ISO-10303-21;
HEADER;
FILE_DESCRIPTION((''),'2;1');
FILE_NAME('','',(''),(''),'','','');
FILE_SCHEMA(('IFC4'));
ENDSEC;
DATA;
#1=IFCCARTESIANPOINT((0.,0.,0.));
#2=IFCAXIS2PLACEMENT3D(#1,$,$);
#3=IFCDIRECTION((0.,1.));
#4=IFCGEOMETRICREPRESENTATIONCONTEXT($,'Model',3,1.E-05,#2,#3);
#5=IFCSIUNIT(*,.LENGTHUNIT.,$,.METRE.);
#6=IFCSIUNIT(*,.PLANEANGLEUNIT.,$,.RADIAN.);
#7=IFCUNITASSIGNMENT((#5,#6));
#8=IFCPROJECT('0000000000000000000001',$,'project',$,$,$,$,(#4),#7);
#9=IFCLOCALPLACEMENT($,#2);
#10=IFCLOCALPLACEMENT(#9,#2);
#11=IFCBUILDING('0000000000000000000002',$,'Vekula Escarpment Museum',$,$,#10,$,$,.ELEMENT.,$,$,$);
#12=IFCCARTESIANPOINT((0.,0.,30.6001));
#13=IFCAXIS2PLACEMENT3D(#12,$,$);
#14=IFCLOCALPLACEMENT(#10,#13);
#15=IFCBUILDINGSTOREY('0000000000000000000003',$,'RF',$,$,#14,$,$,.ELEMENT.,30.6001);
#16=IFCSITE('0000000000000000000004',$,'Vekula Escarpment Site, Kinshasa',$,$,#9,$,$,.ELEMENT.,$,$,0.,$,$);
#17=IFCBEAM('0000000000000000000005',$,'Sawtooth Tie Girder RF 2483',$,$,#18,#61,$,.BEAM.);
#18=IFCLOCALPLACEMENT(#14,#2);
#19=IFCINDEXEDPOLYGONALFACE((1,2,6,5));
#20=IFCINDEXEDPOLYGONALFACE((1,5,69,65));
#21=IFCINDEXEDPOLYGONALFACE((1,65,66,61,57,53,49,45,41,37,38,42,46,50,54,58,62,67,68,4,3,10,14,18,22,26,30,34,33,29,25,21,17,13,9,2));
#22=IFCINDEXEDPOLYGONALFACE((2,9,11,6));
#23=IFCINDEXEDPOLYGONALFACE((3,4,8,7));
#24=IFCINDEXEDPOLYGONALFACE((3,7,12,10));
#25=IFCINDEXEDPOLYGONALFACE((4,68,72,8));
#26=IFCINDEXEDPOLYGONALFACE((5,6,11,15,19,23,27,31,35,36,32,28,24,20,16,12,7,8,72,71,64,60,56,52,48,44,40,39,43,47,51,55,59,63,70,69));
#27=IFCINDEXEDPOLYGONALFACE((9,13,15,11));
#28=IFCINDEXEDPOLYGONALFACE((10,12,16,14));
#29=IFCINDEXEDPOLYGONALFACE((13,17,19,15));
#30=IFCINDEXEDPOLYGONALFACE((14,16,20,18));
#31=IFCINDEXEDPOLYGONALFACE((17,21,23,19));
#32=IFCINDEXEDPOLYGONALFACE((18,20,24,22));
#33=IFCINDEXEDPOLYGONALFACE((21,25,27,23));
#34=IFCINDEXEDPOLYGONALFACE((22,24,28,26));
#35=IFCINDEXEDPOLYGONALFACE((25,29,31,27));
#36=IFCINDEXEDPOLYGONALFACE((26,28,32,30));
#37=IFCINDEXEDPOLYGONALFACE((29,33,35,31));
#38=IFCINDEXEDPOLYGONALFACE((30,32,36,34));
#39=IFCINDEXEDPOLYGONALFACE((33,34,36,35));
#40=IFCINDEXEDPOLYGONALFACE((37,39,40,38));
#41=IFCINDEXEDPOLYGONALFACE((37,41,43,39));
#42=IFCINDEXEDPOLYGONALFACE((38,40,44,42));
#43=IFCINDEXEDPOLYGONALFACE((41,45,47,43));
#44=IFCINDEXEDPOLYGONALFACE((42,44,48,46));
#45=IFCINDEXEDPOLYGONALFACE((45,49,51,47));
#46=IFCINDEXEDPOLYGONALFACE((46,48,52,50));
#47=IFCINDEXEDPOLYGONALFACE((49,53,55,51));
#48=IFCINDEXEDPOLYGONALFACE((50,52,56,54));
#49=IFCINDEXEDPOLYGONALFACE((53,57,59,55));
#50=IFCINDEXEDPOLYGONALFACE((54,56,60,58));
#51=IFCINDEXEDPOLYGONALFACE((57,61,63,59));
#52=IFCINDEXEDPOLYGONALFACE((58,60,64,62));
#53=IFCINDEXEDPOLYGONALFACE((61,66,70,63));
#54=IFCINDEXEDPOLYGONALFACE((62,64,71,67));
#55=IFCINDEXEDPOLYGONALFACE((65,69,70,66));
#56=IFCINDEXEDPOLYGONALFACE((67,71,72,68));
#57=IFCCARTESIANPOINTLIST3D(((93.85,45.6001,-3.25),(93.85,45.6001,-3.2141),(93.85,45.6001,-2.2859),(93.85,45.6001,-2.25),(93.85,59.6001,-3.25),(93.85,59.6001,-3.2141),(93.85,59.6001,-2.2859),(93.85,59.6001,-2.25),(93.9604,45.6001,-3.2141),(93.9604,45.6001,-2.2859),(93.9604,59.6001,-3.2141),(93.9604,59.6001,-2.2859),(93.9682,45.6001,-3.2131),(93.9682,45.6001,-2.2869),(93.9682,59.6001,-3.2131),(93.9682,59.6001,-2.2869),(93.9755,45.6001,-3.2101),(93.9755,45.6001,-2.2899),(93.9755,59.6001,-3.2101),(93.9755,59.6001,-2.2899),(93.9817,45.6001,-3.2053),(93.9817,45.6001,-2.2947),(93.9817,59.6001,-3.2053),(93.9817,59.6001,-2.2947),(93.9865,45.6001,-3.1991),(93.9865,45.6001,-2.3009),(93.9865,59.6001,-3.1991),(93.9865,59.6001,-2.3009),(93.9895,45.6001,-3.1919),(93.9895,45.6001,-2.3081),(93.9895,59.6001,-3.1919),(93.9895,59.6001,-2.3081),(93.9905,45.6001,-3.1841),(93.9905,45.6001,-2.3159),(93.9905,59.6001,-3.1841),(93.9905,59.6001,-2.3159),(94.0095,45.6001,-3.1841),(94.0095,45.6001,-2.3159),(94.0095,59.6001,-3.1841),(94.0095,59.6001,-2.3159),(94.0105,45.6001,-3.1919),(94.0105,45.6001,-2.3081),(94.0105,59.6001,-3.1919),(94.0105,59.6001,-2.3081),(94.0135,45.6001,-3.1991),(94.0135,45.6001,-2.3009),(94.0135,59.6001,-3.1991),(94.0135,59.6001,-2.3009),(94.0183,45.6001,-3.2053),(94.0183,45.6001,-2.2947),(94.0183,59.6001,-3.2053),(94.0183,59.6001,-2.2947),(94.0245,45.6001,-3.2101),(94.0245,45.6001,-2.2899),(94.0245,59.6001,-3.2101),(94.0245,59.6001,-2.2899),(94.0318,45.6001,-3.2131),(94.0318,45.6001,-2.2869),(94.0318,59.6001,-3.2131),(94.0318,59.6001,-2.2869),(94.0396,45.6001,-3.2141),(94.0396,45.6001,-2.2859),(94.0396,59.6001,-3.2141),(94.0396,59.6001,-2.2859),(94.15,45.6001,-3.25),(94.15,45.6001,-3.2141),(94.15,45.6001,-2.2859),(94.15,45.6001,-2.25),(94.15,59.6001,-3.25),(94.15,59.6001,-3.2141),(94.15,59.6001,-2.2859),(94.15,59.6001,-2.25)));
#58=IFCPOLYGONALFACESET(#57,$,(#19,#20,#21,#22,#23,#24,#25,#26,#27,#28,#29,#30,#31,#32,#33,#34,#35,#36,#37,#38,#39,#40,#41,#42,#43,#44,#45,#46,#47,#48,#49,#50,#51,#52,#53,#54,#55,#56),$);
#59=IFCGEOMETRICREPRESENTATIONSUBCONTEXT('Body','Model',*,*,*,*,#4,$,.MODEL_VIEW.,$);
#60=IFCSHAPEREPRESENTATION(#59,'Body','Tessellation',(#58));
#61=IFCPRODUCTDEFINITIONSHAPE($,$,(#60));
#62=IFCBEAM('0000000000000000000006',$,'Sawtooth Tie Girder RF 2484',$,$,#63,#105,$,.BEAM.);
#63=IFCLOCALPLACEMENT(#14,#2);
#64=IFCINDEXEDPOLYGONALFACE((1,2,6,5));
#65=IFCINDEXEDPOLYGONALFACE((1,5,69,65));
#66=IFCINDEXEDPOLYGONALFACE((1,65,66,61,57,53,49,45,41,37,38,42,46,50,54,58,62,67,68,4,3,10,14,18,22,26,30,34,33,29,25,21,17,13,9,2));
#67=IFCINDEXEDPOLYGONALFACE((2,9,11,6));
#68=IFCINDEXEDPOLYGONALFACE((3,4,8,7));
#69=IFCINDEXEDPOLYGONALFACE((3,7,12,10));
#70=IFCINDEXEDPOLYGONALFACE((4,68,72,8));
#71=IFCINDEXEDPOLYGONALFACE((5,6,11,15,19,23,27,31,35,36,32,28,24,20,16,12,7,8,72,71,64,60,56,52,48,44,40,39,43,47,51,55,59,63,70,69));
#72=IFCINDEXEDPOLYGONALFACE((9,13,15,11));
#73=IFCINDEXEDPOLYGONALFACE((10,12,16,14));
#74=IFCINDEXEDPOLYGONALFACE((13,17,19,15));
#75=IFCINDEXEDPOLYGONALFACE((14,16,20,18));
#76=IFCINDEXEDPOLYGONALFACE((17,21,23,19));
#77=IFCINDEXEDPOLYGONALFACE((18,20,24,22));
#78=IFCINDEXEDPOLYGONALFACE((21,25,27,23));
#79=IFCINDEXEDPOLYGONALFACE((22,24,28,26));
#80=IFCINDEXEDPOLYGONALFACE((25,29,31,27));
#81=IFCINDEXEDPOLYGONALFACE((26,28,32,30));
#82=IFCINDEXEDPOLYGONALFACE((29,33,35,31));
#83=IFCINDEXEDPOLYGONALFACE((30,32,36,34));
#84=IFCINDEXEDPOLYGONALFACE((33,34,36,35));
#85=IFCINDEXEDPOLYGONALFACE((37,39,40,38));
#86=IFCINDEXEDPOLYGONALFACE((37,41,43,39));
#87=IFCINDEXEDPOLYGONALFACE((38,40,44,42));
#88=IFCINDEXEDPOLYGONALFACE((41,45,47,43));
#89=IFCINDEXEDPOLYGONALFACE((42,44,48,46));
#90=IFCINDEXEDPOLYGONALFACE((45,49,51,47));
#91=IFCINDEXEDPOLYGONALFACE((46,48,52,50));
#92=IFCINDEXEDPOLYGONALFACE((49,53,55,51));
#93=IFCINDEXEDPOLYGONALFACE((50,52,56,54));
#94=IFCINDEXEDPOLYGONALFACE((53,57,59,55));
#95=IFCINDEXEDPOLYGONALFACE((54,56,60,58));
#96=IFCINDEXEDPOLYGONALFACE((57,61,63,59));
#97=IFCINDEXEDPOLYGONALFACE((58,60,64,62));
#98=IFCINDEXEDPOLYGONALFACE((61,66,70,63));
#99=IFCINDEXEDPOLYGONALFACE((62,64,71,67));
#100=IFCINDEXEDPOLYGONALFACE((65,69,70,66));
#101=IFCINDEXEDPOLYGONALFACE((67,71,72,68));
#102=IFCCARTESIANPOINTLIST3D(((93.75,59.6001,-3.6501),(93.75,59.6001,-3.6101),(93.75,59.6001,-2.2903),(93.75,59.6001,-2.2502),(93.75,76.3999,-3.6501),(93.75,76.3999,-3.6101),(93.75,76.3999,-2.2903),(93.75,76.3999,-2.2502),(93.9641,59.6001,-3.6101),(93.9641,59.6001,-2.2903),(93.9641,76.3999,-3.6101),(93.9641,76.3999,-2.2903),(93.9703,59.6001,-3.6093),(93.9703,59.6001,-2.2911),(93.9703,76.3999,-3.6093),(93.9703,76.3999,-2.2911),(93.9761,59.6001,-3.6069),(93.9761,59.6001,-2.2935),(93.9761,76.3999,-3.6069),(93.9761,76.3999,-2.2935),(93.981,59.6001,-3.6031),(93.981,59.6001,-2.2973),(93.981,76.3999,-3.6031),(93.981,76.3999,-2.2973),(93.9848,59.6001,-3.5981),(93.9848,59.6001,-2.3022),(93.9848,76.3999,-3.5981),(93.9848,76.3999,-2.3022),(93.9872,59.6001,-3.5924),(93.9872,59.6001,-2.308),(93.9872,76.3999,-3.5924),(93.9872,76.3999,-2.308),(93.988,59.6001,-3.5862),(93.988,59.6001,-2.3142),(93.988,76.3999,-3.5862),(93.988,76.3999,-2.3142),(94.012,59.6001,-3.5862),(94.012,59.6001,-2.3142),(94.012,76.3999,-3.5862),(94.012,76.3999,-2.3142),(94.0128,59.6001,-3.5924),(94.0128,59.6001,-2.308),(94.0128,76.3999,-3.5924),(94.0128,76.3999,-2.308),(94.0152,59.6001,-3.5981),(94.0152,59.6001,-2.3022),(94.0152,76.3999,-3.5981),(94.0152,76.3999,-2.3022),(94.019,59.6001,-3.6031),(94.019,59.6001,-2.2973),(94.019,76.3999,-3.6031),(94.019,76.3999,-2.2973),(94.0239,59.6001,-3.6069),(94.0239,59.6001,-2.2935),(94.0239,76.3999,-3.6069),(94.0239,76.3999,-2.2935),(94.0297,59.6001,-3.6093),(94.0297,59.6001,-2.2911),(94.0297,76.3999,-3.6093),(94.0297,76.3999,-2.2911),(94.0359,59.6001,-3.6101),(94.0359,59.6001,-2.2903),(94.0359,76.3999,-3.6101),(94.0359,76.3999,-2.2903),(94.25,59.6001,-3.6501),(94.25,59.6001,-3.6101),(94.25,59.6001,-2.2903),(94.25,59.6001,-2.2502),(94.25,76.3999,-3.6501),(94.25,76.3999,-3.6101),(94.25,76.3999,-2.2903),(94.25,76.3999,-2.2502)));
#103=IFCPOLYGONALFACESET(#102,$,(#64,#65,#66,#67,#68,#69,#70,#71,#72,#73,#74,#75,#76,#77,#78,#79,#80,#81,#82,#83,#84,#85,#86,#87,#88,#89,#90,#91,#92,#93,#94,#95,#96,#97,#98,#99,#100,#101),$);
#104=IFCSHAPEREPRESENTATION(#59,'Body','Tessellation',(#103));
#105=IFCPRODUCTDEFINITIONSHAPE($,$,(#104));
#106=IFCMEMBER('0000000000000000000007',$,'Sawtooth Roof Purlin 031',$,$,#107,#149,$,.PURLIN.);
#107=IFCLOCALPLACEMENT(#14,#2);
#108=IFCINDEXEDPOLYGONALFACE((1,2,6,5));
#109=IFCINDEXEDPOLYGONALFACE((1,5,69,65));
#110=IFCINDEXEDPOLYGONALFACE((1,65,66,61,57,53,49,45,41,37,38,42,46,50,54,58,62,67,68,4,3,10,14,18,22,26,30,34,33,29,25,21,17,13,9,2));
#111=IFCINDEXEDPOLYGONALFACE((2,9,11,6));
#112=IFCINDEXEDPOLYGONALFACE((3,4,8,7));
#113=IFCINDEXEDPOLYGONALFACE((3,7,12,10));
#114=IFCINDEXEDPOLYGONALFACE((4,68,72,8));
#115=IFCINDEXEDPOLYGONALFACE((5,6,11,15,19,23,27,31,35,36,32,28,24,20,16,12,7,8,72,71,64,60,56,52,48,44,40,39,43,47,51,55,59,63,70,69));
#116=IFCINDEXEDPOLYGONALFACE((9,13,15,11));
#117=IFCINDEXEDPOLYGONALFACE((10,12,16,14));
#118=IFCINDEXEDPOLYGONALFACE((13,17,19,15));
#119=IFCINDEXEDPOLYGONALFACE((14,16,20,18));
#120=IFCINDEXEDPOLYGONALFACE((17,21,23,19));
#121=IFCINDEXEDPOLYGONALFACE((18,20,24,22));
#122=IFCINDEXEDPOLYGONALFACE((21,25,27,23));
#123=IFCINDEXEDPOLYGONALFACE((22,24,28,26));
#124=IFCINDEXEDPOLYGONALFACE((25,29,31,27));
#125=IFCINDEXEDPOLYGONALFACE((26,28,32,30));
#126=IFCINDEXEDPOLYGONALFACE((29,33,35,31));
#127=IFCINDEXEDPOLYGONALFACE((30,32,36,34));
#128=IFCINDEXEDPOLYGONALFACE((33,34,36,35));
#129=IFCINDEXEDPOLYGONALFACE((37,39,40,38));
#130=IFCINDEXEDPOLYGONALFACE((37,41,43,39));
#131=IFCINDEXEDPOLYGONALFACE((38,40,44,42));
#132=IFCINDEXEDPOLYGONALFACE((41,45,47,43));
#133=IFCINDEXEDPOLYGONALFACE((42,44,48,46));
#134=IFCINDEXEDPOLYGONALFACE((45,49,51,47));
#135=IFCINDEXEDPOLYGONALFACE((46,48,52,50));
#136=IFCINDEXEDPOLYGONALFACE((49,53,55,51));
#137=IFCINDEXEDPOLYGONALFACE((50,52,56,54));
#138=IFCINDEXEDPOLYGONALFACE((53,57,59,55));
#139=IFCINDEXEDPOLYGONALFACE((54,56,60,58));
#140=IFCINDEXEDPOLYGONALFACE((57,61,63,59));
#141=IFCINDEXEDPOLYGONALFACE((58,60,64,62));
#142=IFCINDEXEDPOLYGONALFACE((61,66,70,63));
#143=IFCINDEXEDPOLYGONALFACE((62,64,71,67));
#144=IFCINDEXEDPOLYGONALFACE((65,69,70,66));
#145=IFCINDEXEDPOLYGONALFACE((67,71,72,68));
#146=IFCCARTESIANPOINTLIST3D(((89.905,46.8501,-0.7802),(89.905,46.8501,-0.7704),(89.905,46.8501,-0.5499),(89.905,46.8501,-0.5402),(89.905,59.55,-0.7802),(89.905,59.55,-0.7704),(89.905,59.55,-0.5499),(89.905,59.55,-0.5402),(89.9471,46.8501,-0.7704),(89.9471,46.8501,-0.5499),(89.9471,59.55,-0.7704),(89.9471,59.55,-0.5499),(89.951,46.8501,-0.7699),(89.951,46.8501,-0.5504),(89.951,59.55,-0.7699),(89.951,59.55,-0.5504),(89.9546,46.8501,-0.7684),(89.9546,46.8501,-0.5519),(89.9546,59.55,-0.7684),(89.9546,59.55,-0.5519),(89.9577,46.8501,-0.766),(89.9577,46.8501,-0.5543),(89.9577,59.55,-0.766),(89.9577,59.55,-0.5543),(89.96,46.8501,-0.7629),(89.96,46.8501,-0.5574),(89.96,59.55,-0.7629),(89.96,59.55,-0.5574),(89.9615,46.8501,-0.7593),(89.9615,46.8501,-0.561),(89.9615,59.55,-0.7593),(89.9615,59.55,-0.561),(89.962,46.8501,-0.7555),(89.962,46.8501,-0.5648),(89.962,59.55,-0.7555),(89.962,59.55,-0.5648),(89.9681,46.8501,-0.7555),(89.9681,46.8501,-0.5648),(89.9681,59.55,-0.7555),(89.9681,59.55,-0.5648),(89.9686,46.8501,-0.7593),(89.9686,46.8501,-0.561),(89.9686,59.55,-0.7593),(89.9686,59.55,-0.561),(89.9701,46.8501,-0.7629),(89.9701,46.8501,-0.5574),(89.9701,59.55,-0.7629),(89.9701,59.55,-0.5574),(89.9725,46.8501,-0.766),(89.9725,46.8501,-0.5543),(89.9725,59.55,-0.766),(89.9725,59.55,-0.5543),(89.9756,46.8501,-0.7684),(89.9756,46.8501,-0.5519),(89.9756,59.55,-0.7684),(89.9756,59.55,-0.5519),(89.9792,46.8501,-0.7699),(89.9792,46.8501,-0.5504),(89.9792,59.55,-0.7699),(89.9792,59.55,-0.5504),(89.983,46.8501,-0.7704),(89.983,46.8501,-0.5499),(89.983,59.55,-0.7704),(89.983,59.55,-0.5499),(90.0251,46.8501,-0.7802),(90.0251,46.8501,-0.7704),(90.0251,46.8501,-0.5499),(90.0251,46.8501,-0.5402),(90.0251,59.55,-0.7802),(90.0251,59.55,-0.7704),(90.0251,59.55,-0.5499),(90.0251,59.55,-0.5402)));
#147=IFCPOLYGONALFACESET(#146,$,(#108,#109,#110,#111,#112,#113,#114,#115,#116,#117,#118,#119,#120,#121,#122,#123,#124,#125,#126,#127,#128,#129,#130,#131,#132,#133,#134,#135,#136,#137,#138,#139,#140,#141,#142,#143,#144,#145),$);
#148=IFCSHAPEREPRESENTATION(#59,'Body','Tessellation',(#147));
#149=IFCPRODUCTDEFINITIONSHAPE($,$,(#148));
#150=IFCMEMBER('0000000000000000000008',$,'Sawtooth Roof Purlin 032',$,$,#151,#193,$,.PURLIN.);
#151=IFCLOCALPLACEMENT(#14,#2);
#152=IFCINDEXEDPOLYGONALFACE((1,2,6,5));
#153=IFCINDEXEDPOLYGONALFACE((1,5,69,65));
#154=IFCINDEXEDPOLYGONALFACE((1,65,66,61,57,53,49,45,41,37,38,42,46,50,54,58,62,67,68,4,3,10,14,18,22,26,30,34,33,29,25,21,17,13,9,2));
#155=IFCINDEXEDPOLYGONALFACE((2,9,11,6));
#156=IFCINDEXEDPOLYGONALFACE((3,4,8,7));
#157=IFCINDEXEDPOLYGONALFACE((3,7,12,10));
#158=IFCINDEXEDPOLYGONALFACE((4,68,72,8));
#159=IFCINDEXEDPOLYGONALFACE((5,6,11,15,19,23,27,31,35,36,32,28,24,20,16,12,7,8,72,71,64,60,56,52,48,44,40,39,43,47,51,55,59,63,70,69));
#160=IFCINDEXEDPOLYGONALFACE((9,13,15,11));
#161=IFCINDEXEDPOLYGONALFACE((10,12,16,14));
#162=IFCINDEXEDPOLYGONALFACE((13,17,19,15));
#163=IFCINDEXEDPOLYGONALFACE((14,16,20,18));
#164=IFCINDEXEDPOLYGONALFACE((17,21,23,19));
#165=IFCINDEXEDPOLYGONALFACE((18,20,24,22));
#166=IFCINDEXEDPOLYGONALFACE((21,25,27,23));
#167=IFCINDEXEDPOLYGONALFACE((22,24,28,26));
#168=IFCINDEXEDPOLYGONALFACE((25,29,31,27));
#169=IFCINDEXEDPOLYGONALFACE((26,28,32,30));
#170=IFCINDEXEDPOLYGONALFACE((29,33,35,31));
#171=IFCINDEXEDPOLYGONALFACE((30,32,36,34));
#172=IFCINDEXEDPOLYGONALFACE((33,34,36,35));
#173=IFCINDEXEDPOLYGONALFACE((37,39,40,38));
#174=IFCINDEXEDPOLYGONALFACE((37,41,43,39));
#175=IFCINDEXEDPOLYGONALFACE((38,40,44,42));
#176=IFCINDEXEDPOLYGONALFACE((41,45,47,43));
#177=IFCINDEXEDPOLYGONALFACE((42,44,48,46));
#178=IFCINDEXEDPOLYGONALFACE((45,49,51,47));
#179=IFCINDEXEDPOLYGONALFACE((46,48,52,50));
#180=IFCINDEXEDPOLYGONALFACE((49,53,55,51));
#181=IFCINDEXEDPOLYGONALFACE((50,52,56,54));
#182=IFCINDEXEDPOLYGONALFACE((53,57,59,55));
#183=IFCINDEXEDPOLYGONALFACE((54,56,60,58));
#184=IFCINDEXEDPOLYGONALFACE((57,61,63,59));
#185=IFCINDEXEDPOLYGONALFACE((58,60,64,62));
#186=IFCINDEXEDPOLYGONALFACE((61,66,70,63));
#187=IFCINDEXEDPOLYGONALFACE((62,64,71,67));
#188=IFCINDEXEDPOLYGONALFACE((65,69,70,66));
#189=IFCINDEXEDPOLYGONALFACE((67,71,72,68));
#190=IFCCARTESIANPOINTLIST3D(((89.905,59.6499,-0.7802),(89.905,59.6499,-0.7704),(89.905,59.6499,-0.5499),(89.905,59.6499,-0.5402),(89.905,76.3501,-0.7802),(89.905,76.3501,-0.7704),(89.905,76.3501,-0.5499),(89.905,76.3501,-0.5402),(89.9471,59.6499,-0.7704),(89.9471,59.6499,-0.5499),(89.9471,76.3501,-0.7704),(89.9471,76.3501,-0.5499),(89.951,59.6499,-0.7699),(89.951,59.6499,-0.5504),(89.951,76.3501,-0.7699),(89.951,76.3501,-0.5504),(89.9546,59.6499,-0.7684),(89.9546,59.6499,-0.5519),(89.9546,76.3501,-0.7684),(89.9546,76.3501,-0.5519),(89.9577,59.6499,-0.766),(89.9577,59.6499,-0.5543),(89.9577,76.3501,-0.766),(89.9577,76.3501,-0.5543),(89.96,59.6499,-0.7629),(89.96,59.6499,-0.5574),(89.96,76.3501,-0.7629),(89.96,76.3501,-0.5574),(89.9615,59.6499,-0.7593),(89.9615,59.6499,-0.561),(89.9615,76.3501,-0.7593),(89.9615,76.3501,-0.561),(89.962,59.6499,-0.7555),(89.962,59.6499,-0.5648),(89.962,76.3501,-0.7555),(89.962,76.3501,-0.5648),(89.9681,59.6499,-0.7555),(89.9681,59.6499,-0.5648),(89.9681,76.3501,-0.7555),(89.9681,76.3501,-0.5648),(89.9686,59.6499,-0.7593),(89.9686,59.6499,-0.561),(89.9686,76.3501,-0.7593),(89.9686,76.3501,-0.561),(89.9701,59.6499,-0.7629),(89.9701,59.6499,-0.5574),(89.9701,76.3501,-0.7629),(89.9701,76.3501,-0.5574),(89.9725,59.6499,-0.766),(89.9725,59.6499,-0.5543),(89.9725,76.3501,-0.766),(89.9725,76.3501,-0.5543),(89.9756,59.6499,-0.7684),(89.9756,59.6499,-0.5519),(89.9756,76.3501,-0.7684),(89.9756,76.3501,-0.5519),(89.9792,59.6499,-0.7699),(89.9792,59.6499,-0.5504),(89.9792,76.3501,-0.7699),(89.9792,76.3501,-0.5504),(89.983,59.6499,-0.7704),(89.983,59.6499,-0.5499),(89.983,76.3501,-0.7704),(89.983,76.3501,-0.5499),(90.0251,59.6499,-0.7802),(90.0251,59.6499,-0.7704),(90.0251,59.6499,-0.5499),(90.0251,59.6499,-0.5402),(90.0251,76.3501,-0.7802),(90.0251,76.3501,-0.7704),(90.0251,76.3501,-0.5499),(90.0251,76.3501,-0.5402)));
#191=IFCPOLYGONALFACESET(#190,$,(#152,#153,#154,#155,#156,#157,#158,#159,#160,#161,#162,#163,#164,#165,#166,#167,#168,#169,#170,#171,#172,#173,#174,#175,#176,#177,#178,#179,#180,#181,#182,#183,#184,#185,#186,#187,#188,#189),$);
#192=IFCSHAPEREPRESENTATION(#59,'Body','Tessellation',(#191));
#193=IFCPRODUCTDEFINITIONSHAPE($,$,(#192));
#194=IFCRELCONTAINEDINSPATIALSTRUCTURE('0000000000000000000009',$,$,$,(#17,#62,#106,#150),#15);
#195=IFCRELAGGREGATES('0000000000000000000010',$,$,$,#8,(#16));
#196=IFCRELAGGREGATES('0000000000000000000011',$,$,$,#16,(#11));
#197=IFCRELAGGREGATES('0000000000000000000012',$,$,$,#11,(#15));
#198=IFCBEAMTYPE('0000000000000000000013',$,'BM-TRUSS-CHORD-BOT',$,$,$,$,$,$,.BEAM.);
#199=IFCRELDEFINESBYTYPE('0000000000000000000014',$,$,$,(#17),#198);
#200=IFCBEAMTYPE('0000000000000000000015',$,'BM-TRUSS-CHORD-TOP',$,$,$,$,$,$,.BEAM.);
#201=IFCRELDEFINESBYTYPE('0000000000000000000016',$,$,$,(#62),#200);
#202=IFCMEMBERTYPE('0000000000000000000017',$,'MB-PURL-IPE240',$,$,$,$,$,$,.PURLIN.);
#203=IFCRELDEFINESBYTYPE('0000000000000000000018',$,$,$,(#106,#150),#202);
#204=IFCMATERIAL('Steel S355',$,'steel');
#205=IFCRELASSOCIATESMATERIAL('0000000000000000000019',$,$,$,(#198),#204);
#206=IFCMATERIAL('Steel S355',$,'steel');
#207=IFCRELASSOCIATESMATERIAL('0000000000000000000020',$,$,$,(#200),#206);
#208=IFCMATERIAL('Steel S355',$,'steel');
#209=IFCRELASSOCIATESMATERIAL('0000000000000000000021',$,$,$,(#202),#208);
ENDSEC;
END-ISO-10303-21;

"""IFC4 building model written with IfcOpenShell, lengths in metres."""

from ifc_helpers import new_model, si_unit, direction, frame, origin, origin_2d, place, context, subcontext, project, spatial, i_section, extrude, material, material_profile, profile_set, type_object, element, save


model = new_model("IFC4")

# Units and contexts
model_context = context("Model", 3, precision=1e-05, world=origin(), true_north=direction((0.0, 1.0)))
body_context = subcontext(model_context, "Body", "Model", "MODEL_VIEW")
ifc_project = project(units=[si_unit("LENGTHUNIT", "METRE"), si_unit("PLANEANGLEUNIT", "RADIAN")], contexts=[model_context])

# Site, building, storey
site_placement = place(None, origin())
site = spatial("IfcSite", under=ifc_project, at=site_placement, Name="Vekula Escarpment Site, Kinshasa", CompositionType="ELEMENT", RefElevation=0.0)
building_placement = place(site_placement, origin())
building = spatial("IfcBuilding", under=site, at=building_placement, Name="Vekula Escarpment Museum", CompositionType="ELEMENT")
storey_placement = place(building_placement, frame((0.0, 0.0, 30.6001)))
storey = spatial("IfcBuildingStorey", under=building, at=storey_placement, Name="RF", CompositionType="ELEMENT", Elevation=30.6001)

# Beams
ifc_material_1 = material(Name="Steel S355", Category="steel")
ifc_material_profile_1 = material_profile(ifc_material_1, i_section(OverallWidth=0.3, OverallDepth=1.0, WebThickness=0.019, FlangeThickness=0.0359, FilletRadius=0.03, at=origin_2d()), Name="HEB 1000")
ifc_profile_set_1 = profile_set([ifc_material_profile_1], Name="Steel S355")
beam_type_1 = type_object("IfcBeamType", Name="BM-TRUSS-CHORD-BOT", PredefinedType="BEAM", material=ifc_profile_set_1)
beam_1_placement = place(storey_placement, frame((94.0, 45.6001, -2.75), z_axis=(0.0, 1.0, 0.0), x_axis=(-1.0, 0.0, 0.0)))
element("IfcBeam", 1, at=beam_1_placement, inside=storey, type_object=beam_type_1, Name="Sawtooth Tie Girder RF 2483", PredefinedType="BEAM", context=body_context, shape_type="SweptSolid", body=[
    extrude(i_section(OverallWidth=0.3, OverallDepth=1.0, WebThickness=0.019, FlangeThickness=0.0359, FilletRadius=0.03, at=origin_2d()), origin(), (0.0, 0.0, 1.0), 14.0),
])
ifc_material_2 = material(Name="Steel S355", Category="steel")
ifc_material_profile_2 = material_profile(ifc_material_2, i_section(OverallWidth=0.5, OverallDepth=1.3999, WebThickness=0.0239, FlangeThickness=0.04, FilletRadius=0.0239, at=origin_2d()), Name="WPG 1400x500")
ifc_profile_set_2 = profile_set([ifc_material_profile_2], Name="Steel S355")
beam_type_2 = type_object("IfcBeamType", Name="BM-TRUSS-CHORD-TOP", PredefinedType="BEAM", material=ifc_profile_set_2)
beam_2_placement = place(storey_placement, frame((94.0, 59.6001, -2.9502), z_axis=(0.0, 1.0, 0.0), x_axis=(-1.0, 0.0, 0.0)))
element("IfcBeam", 2, at=beam_2_placement, inside=storey, type_object=beam_type_2, Name="Sawtooth Tie Girder RF 2484", PredefinedType="BEAM", context=body_context, shape_type="SweptSolid", body=[
    extrude(i_section(OverallWidth=0.5, OverallDepth=1.3999, WebThickness=0.0239, FlangeThickness=0.04, FilletRadius=0.0239, at=origin_2d()), origin(), (0.0, 0.0, 1.0), 16.7998),
])

# Members
ifc_material_3 = material(Name="Steel S355", Category="steel")
ifc_material_profile_3 = material_profile(ifc_material_3, i_section(OverallWidth=0.1201, OverallDepth=0.24, WebThickness=0.0061, FlangeThickness=0.0098, FilletRadius=0.0149, at=origin_2d()), Name="IPE 240")
ifc_profile_set_3 = profile_set([ifc_material_profile_3], Name="Steel S355")
member_type_1 = type_object("IfcMemberType", Name="MB-PURL-IPE240", PredefinedType="PURLIN", material=ifc_profile_set_3)
member_1_placement = place(storey_placement, frame((89.9651, 46.8501, -0.6602), z_axis=(0.0, 1.0, 0.0), x_axis=(-1.0, 0.0, 0.0)))
element("IfcMember", 3, at=member_1_placement, inside=storey, type_object=member_type_1, Name="Sawtooth Roof Purlin 031", PredefinedType="PURLIN", context=body_context, shape_type="SweptSolid", body=[
    extrude(i_section(OverallWidth=0.1201, OverallDepth=0.24, WebThickness=0.0061, FlangeThickness=0.0098, FilletRadius=0.0149, at=origin_2d()), origin(), (0.0, 0.0, 1.0), 12.7),
])
member_2_placement = place(storey_placement, frame((89.9651, 59.6499, -0.6602), z_axis=(0.0, 1.0, 0.0), x_axis=(-1.0, 0.0, 0.0)))
element("IfcMember", 4, at=member_2_placement, inside=storey, type_object=member_type_1, Name="Sawtooth Roof Purlin 032", PredefinedType="PURLIN", context=body_context, shape_type="SweptSolid", body=[
    extrude(i_section(OverallWidth=0.1201, OverallDepth=0.24, WebThickness=0.0061, FlangeThickness=0.0098, FilletRadius=0.0149, at=origin_2d()), origin(), (0.0, 0.0, 1.0), 16.7002),
])

save(model, "model.ifc")
